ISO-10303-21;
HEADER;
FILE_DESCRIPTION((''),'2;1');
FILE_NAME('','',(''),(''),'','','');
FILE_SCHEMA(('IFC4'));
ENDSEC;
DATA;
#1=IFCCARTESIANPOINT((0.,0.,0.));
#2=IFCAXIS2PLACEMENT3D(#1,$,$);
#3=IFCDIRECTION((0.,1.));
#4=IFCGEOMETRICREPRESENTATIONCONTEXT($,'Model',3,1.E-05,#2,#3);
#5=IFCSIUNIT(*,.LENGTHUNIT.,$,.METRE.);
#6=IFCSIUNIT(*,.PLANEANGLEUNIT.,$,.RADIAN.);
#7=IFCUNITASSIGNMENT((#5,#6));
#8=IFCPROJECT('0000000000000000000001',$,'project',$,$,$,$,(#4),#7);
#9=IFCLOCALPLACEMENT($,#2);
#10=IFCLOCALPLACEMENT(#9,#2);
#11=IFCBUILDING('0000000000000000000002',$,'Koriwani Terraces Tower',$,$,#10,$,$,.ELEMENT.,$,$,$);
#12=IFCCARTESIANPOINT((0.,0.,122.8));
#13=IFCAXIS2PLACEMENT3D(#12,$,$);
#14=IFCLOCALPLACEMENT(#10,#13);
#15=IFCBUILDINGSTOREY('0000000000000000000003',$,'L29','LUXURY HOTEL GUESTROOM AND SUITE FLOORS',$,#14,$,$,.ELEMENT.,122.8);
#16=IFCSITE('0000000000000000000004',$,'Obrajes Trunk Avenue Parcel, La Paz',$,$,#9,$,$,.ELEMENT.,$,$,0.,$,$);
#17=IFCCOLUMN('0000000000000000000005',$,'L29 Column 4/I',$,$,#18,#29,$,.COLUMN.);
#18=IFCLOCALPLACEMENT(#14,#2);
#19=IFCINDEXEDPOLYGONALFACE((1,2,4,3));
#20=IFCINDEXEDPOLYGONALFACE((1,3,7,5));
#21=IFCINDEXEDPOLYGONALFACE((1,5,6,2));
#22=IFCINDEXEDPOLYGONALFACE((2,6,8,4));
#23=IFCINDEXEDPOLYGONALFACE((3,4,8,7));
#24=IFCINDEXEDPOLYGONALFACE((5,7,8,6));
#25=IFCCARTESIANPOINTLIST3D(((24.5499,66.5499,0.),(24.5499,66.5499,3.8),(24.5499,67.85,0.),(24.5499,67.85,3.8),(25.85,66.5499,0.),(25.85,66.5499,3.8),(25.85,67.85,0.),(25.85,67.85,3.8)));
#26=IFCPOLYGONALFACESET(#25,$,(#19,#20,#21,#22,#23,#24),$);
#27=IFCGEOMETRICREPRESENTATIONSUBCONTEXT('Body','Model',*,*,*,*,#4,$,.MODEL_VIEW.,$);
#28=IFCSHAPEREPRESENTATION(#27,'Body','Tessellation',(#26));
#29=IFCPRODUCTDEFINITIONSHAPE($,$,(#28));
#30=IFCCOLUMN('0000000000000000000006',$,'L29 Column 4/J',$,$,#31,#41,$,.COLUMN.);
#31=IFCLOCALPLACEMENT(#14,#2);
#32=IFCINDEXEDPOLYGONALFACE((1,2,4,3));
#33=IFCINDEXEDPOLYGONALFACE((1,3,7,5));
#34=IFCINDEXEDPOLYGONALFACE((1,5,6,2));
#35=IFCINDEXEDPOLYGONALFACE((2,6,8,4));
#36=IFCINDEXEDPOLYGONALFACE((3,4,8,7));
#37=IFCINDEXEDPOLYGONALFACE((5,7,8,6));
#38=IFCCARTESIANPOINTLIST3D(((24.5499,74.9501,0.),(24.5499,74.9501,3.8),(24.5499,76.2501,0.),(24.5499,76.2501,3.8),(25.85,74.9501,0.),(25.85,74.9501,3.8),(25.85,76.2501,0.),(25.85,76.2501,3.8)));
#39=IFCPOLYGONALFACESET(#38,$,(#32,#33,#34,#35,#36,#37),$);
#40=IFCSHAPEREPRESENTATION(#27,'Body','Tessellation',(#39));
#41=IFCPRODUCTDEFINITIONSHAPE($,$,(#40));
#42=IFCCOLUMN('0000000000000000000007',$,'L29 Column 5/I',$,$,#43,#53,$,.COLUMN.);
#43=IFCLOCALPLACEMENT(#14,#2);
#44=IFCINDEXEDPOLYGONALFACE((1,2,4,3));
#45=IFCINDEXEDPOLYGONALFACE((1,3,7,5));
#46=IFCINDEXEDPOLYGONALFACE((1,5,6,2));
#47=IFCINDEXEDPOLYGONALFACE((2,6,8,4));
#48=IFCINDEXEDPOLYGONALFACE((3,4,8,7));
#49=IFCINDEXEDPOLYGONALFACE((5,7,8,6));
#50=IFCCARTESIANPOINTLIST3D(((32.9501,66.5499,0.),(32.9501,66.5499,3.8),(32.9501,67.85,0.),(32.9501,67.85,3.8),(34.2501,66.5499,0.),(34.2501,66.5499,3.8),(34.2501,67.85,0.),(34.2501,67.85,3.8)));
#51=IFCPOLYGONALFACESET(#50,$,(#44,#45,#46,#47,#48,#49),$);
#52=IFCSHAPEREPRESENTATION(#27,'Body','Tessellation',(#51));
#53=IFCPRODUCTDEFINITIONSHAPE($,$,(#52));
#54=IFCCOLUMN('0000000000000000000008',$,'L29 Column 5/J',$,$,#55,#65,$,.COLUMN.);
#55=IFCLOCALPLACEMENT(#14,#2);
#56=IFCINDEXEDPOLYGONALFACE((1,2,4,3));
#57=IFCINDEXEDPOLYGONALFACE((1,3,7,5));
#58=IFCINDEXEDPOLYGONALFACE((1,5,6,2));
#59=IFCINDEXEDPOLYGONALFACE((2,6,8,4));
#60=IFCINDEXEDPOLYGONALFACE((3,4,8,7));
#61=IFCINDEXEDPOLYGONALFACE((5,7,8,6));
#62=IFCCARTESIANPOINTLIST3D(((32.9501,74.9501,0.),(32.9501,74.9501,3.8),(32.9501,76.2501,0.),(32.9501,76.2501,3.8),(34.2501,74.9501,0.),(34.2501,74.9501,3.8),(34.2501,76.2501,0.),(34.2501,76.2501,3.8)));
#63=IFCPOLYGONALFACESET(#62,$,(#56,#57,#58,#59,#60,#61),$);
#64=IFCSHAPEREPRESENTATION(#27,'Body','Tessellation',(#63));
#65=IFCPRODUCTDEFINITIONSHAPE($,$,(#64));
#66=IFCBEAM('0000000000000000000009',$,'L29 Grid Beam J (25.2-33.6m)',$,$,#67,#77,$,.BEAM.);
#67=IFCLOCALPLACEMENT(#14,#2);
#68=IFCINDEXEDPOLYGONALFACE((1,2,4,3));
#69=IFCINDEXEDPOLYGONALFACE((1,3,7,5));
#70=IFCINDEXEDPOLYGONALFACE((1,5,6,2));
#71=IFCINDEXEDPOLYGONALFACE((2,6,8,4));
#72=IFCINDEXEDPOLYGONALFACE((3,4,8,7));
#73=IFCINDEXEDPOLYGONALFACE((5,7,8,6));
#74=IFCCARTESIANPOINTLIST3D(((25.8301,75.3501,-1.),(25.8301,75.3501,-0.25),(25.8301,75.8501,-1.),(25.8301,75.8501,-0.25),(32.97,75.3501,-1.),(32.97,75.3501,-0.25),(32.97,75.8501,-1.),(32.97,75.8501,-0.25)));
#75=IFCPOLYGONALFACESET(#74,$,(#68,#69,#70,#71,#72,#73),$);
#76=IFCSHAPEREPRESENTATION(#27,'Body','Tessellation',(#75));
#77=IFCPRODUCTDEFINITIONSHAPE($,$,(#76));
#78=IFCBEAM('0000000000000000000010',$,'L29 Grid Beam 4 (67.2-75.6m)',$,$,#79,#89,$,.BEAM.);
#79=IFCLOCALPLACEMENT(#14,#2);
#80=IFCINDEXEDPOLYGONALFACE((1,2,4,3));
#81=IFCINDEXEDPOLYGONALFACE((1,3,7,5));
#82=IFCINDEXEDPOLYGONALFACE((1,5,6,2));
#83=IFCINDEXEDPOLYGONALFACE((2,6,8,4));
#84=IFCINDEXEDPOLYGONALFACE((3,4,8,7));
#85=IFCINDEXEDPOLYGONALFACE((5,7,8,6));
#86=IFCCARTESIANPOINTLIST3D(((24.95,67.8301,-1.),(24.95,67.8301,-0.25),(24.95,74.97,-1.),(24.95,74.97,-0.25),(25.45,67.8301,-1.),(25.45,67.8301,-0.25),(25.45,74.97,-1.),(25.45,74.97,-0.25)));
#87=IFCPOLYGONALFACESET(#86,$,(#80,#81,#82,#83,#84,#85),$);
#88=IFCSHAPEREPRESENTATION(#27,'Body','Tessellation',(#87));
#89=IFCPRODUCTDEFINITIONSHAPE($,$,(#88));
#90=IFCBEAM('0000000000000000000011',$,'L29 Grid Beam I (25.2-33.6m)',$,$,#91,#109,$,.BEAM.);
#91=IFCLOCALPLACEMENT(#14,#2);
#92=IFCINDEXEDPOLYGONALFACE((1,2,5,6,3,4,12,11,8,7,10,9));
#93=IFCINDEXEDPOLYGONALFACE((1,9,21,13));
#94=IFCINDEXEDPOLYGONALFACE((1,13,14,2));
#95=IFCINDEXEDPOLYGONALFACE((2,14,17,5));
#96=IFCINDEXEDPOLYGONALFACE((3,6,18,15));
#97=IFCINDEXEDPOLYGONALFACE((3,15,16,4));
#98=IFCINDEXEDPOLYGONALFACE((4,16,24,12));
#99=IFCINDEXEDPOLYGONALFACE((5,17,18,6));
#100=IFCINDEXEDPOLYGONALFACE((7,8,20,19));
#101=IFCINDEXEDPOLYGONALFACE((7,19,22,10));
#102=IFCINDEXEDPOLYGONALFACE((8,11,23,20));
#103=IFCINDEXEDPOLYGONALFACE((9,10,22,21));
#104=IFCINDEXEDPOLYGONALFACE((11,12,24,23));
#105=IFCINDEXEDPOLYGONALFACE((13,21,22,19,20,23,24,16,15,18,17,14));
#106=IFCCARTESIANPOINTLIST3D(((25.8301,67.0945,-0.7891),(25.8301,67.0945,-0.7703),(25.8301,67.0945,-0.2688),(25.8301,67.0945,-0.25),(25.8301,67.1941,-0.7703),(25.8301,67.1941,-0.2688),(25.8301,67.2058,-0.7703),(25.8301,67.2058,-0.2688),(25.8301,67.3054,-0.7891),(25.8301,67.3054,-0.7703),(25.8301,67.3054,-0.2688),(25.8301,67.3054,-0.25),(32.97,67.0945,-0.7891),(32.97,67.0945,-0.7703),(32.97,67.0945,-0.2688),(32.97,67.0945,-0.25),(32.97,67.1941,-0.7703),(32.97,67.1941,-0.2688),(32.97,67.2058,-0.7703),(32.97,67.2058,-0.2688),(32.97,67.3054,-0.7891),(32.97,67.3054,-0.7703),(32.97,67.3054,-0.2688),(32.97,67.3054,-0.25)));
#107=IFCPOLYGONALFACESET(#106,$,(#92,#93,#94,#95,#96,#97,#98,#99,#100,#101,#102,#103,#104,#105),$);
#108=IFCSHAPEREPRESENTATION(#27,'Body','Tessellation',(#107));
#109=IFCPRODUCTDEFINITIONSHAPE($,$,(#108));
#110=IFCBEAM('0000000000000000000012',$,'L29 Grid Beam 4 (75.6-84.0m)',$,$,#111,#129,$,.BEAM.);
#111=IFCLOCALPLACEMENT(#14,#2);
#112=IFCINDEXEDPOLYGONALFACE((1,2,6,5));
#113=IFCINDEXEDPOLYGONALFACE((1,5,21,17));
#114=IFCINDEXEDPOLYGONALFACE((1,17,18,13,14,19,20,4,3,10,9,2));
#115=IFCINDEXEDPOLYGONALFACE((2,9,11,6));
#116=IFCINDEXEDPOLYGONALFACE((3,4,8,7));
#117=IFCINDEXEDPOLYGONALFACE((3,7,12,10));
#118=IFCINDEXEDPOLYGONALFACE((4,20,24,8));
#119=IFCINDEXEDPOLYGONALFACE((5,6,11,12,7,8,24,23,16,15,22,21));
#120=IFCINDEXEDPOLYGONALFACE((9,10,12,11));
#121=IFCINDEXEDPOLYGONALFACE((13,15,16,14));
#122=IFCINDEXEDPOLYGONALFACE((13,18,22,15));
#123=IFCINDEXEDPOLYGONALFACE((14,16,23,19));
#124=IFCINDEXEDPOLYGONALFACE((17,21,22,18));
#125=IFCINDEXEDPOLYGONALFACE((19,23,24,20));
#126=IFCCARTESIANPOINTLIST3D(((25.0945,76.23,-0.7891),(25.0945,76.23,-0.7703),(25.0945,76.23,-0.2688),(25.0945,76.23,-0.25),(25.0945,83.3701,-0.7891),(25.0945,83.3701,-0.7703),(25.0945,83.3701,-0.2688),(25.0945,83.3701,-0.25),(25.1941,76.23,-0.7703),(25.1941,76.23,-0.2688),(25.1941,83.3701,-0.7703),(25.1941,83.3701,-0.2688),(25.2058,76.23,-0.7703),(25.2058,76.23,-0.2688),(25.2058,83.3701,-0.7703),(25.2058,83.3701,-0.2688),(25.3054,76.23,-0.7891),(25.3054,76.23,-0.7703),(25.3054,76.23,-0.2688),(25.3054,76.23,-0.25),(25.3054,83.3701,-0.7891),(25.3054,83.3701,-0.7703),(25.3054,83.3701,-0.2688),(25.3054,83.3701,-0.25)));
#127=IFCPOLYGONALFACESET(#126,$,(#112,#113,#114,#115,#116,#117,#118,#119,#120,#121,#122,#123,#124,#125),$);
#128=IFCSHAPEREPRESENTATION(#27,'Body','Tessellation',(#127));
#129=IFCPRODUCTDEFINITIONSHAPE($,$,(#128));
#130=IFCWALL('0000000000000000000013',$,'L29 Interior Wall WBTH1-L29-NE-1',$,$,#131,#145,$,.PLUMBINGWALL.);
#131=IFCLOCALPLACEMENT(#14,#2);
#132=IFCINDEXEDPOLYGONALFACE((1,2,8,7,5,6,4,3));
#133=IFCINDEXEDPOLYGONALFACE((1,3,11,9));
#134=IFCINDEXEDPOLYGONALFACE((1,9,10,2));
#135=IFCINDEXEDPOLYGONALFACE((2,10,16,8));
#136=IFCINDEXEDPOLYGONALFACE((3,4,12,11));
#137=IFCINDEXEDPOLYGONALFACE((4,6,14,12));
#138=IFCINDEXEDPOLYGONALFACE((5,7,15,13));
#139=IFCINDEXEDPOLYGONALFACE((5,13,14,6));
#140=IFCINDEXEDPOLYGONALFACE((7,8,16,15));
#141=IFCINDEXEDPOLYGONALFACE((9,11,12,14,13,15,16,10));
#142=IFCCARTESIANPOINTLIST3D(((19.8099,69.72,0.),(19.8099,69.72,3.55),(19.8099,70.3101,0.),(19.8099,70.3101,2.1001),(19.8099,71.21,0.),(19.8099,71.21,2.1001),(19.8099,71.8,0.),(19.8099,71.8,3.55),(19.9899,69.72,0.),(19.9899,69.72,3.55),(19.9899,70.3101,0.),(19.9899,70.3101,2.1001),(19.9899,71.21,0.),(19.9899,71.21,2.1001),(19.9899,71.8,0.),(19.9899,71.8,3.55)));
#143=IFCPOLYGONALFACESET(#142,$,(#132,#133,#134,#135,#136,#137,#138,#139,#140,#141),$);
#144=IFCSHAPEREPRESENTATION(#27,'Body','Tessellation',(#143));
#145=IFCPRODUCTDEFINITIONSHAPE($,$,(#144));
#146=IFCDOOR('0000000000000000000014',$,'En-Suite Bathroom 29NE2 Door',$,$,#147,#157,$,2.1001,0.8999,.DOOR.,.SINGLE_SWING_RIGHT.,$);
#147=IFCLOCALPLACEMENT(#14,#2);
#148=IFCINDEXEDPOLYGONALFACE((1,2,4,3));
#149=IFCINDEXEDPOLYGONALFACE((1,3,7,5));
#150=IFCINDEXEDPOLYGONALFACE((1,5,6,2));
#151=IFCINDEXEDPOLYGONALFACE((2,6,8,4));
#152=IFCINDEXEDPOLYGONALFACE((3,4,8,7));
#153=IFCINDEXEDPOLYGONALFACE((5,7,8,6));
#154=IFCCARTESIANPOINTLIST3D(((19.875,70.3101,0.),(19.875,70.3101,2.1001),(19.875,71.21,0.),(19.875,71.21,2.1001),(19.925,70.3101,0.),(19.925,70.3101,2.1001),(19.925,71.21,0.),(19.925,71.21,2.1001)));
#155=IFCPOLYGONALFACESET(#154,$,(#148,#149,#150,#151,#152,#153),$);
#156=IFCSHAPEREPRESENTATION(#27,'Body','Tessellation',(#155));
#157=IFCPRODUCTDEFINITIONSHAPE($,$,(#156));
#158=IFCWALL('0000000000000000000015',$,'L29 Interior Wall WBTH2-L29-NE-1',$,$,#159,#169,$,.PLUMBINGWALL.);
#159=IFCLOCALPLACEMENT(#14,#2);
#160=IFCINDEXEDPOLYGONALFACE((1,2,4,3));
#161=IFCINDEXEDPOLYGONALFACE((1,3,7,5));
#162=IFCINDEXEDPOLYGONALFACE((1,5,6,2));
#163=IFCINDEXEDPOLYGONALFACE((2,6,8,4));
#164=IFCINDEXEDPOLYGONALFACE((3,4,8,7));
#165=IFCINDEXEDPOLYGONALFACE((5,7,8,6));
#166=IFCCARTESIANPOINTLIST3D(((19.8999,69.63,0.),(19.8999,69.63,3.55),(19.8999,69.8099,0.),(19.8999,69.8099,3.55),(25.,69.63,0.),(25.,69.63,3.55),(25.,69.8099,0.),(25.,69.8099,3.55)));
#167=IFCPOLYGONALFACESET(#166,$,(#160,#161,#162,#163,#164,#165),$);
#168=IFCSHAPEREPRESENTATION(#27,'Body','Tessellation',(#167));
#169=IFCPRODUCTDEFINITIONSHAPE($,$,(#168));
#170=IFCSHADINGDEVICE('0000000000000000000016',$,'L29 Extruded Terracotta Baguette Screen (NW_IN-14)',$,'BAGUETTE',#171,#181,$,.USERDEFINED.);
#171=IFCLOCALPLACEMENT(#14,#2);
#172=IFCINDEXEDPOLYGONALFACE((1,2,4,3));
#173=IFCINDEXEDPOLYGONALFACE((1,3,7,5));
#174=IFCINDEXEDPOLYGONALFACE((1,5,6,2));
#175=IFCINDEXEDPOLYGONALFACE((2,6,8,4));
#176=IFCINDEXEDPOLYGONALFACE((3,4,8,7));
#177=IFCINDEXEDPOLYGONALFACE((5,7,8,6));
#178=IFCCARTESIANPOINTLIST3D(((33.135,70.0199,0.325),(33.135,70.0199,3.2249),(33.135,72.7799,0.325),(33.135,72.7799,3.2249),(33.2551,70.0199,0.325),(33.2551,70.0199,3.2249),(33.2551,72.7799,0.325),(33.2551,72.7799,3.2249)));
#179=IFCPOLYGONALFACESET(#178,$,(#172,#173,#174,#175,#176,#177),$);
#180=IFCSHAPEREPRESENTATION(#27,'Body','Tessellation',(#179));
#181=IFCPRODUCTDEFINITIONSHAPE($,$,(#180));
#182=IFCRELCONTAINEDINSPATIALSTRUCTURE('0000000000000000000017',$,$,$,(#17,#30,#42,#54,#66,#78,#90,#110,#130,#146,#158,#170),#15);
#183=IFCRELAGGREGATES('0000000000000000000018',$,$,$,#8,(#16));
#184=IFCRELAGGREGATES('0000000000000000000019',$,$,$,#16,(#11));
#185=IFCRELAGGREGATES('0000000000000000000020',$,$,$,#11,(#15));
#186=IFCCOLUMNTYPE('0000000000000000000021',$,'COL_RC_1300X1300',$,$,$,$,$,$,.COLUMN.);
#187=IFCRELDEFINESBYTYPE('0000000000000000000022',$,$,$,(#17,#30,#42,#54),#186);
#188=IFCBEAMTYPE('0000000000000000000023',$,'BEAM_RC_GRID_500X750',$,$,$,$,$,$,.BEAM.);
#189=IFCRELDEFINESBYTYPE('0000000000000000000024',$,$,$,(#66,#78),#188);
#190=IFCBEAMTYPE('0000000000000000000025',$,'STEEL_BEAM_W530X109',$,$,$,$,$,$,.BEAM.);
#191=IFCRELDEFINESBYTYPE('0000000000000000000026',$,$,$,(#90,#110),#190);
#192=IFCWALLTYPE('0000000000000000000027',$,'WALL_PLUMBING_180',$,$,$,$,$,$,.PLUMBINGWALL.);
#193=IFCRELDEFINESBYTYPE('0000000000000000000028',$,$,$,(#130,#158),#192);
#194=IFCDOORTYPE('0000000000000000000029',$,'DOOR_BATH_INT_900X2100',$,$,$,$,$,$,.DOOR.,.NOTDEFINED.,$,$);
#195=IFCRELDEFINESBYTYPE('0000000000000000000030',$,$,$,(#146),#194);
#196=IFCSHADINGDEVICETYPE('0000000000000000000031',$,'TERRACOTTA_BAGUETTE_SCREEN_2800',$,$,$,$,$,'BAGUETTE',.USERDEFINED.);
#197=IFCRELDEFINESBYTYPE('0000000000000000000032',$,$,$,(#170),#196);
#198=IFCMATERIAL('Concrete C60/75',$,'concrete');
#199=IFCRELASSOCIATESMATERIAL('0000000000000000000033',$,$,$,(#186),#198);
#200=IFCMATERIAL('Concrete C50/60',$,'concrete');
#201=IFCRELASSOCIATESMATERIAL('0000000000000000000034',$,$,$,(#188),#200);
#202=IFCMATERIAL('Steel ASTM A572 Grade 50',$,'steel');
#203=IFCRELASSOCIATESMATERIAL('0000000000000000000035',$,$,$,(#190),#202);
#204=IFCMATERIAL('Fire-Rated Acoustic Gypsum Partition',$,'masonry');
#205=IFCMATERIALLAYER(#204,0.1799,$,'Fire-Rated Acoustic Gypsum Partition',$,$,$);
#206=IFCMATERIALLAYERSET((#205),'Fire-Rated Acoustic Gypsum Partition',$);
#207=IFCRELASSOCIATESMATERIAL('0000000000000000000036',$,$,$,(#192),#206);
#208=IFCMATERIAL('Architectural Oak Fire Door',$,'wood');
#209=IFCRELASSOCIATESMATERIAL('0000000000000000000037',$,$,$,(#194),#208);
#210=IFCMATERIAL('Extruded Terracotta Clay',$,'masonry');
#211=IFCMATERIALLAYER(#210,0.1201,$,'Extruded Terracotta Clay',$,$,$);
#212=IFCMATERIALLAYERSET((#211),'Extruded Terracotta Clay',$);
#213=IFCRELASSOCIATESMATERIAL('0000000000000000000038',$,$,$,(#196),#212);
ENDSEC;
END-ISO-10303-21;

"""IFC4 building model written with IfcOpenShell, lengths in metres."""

from ifc_helpers import new_model, si_unit, direction, frame, frame_2d, origin, origin_2d, place, context, subcontext, project, spatial, rectangle, i_section, extrude, material, layer, layer_set, material_profile, profile_set, type_object, element, fill, save


model = new_model("IFC4")

# Units and contexts
model_context = context("Model", 3, precision=1e-05, world=origin(), true_north=direction((0.0, 1.0)))
body_context = subcontext(model_context, "Body", "Model", "MODEL_VIEW")
ifc_project = project(units=[si_unit("LENGTHUNIT", "METRE"), si_unit("PLANEANGLEUNIT", "RADIAN")], contexts=[model_context])

# Site, building, storey
site_placement = place(None, origin())
site = spatial("IfcSite", under=ifc_project, at=site_placement, Name="Obrajes Trunk Avenue Parcel, La Paz", CompositionType="ELEMENT", RefElevation=0.0)
building_placement = place(site_placement, origin())
building = spatial("IfcBuilding", under=site, at=building_placement, Name="Koriwani Terraces Tower", CompositionType="ELEMENT")
storey_placement = place(building_placement, frame((0.0, 0.0, 122.8)))
storey = spatial("IfcBuildingStorey", under=building, at=storey_placement, Name="L29", Description="LUXURY HOTEL GUESTROOM AND SUITE FLOORS", CompositionType="ELEMENT", Elevation=122.8)

# Columns
ifc_material_1 = material(Name="Concrete C60/75", Category="concrete")
ifc_material_profile_1 = material_profile(ifc_material_1, rectangle(XDim=1.3, YDim=1.3, at=origin_2d()), Name="Concrete C60/75", Category="LoadBearing")
ifc_profile_set_1 = profile_set([ifc_material_profile_1], Name="Concrete C60/75")
column_type = type_object("IfcColumnType", Name="COL_RC_1300X1300", PredefinedType="COLUMN", material=ifc_profile_set_1)
for number, where, z_axis, x_axis, name in (
    (1, (25.2, 67.2, 0.0), (0.0, 0.0, 1.0), (1.0, 0.0, 0.0), "L29 Column 4/I"),
    (2, (25.2, 75.6001, 0.0), (0.0, 0.0, 1.0), (1.0, 0.0, 0.0), "L29 Column 4/J"),
    (3, (33.6001, 67.2, 0.0), (0.0, 0.0, 1.0), (1.0, 0.0, 0.0), "L29 Column 5/I"),
    (4, (33.6001, 75.6001, 0.0), (0.0, 0.0, 1.0), (1.0, 0.0, 0.0), "L29 Column 5/J"),
):
    element("IfcColumn", number, at=place(storey_placement, frame(where, z_axis=z_axis, x_axis=x_axis)), inside=storey, type_object=column_type, Name=name, PredefinedType="COLUMN", context=body_context, shape_type="SweptSolid", body=[
        extrude(rectangle(XDim=1.3, YDim=1.3, at=origin_2d()), origin(), (0.0, 0.0, 1.0), 3.8),
    ])

# Beams
ifc_material_2 = material(Name="Concrete C50/60", Category="concrete")
ifc_material_profile_2 = material_profile(ifc_material_2, rectangle(XDim=0.5, YDim=0.75, at=origin_2d()), Name="Concrete C50/60", Category="LoadBearing")
ifc_profile_set_2 = profile_set([ifc_material_profile_2], Name="Concrete C50/60")
beam_type_1 = type_object("IfcBeamType", Name="BEAM_RC_GRID_500X750", PredefinedType="BEAM", material=ifc_profile_set_2)
for number, where, z_axis, x_axis, name in (
    (5, (25.8301, 75.6001, -0.625), (1.0, 0.0, 0.0), (0.0, 1.0, 0.0), "L29 Grid Beam J (25.2-33.6m)"),
    (6, (25.2, 67.8301, -0.625), (0.0, 1.0, 0.0), (-1.0, 0.0, 0.0), "L29 Grid Beam 4 (67.2-75.6m)"),
):
    element("IfcBeam", number, at=place(storey_placement, frame(where, z_axis=z_axis, x_axis=x_axis)), inside=storey, type_object=beam_type_1, Name=name, PredefinedType="BEAM", context=body_context, shape_type="SweptSolid", body=[
        extrude(rectangle(XDim=0.5, YDim=0.75, at=origin_2d()), origin(), (0.0, 0.0, 1.0), 7.1399),
    ])
ifc_material_3 = material(Name="Steel ASTM A572 Grade 50", Category="steel")
ifc_material_profile_3 = material_profile(ifc_material_3, i_section(OverallWidth=0.2109, OverallDepth=0.5391, WebThickness=0.0117, FlangeThickness=0.0188, at=origin_2d()), Name="Steel ASTM A572 Grade 50", Category="LoadBearing")
ifc_profile_set_3 = profile_set([ifc_material_profile_3], Name="Steel ASTM A572 Grade 50")
beam_type_2 = type_object("IfcBeamType", Name="STEEL_BEAM_W530X109", PredefinedType="BEAM", material=ifc_profile_set_3)
beam_1_placement = place(storey_placement, frame((25.8301, 67.2, -0.5195), z_axis=(1.0, 0.0, 0.0), x_axis=(0.0, 1.0, 0.0)))
element("IfcBeam", 7, at=beam_1_placement, inside=storey, type_object=beam_type_2, Name="L29 Grid Beam I (25.2-33.6m)", PredefinedType="BEAM", context=body_context, shape_type="SweptSolid", body=[
    extrude(i_section(OverallWidth=0.2109, OverallDepth=0.5391, WebThickness=0.0117, FlangeThickness=0.0188, at=origin_2d()), origin(), (0.0, 0.0, 1.0), 7.1399),
])
beam_2_placement = place(storey_placement, frame((25.2, 76.23, -0.5195), z_axis=(0.0, 1.0, 0.0), x_axis=(-1.0, 0.0, 0.0)))
element("IfcBeam", 8, at=beam_2_placement, inside=storey, type_object=beam_type_2, Name="L29 Grid Beam 4 (75.6-84.0m)", PredefinedType="BEAM", context=body_context, shape_type="SweptSolid", body=[
    extrude(i_section(OverallWidth=0.2109, OverallDepth=0.5391, WebThickness=0.0117, FlangeThickness=0.0188, at=origin_2d()), origin(), (0.0, 0.0, 1.0), 7.1401),
])

# Wall, opening, door
ifc_material_4 = material(Name="Fire-Rated Acoustic Gypsum Partition", Category="masonry")
ifc_layer_1 = layer(ifc_material_4, 0.1799, Name="Fire-Rated Acoustic Gypsum Partition")
ifc_layer_set_1 = layer_set([ifc_layer_1], Name="Fire-Rated Acoustic Gypsum Partition")
wall_type = type_object("IfcWallType", Name="WALL_PLUMBING_180", PredefinedType="PLUMBINGWALL", material=ifc_layer_set_1)
wall_1_placement = place(storey_placement, frame((19.8999, 69.72, 0.0), z_axis=(0.0, 0.0, 1.0), x_axis=(0.0, 1.0, 0.0)))
wall_1 = element("IfcWall", 9, at=wall_1_placement, inside=storey, type_object=wall_type, Name="L29 Interior Wall WBTH1-L29-NE-1", PredefinedType="PLUMBINGWALL", context=body_context, shape_type="SweptSolid", body=[
    extrude(rectangle(XDim=2.0801, YDim=0.1799, at=frame_2d((1.04, 0.0))), origin(), (0.0, 0.0, 1.0), 3.55),
])
opening_placement = place(wall_1_placement, frame((0.5901, 0.0, 0.0)))
opening = element("IfcOpeningElement", 10, at=opening_placement, cuts=wall_1, PredefinedType="OPENING", context=body_context, shape_type="SweptSolid", body=[
    extrude(rectangle(XDim=0.8999, YDim=2.1001, at=frame_2d((0.45, 1.05))), frame((0.0, 0.1001, 0.0), z_axis=(0.0, -1.0, 0.0), x_axis=(1.0, 0.0, 0.0)), (0.0, 0.0, 1.0), 0.2),
])
ifc_material_5 = material(Name="Architectural Oak Fire Door", Category="wood")
door_type = type_object("IfcDoorType", Name="DOOR_BATH_INT_900X2100", OperationType="NOTDEFINED", PredefinedType="DOOR", material=ifc_material_5)
door_placement = place(opening_placement, origin())
door = element("IfcDoor", 11, at=door_placement, inside=storey, type_object=door_type, Name="En-Suite Bathroom 29NE2 Door", OperationType="SINGLE_SWING_RIGHT", OverallHeight=2.1001, OverallWidth=0.8999, PredefinedType="DOOR", context=body_context, shape_type="SweptSolid", body=[
    extrude(rectangle(XDim=0.8999, YDim=2.1001, at=frame_2d((0.45, 1.05))), frame((0.0, 0.0249, 0.0), z_axis=(0.0, -1.0, 0.0), x_axis=(1.0, 0.0, 0.0)), (0.0, 0.0, 1.0), 0.05),
])
fill(opening, door)

# Wall
wall_2_placement = place(storey_placement, frame((19.8999, 69.72, 0.0), z_axis=(0.0, 0.0, 1.0), x_axis=(1.0, 0.0, 0.0)))
element("IfcWall", 12, at=wall_2_placement, inside=storey, type_object=wall_type, Name="L29 Interior Wall WBTH2-L29-NE-1", PredefinedType="PLUMBINGWALL", context=body_context, shape_type="SweptSolid", body=[
    extrude(rectangle(XDim=5.1001, YDim=0.1799, at=frame_2d((2.55, 0.0))), origin(), (0.0, 0.0, 1.0), 3.55),
])

# Shading device
ifc_material_6 = material(Name="Extruded Terracotta Clay", Category="masonry")
ifc_layer_2 = layer(ifc_material_6, 0.1201, Name="Extruded Terracotta Clay")
ifc_layer_set_2 = layer_set([ifc_layer_2], Name="Extruded Terracotta Clay")
shading_device_type = type_object("IfcShadingDeviceType", Name="TERRACOTTA_BAGUETTE_SCREEN_2800", ElementType="BAGUETTE", PredefinedType="USERDEFINED", material=ifc_layer_set_2)
shading_device_placement = place(storey_placement, frame((33.1951, 71.3999, 0.325), z_axis=(0.0, 0.0, 1.0), x_axis=(0.0, -1.0, 0.0)))
element("IfcShadingDevice", 13, at=shading_device_placement, inside=storey, type_object=shading_device_type, Name="L29 Extruded Terracotta Baguette Screen (NW_IN-14)", ObjectType="BAGUETTE", PredefinedType="USERDEFINED", context=body_context, shape_type="SweptSolid", body=[
    extrude(rectangle(XDim=2.76, YDim=0.1201, at=origin_2d()), origin(), (0.0, 0.0, 1.0), 2.8999),
])

save(model, "model.ifc")
